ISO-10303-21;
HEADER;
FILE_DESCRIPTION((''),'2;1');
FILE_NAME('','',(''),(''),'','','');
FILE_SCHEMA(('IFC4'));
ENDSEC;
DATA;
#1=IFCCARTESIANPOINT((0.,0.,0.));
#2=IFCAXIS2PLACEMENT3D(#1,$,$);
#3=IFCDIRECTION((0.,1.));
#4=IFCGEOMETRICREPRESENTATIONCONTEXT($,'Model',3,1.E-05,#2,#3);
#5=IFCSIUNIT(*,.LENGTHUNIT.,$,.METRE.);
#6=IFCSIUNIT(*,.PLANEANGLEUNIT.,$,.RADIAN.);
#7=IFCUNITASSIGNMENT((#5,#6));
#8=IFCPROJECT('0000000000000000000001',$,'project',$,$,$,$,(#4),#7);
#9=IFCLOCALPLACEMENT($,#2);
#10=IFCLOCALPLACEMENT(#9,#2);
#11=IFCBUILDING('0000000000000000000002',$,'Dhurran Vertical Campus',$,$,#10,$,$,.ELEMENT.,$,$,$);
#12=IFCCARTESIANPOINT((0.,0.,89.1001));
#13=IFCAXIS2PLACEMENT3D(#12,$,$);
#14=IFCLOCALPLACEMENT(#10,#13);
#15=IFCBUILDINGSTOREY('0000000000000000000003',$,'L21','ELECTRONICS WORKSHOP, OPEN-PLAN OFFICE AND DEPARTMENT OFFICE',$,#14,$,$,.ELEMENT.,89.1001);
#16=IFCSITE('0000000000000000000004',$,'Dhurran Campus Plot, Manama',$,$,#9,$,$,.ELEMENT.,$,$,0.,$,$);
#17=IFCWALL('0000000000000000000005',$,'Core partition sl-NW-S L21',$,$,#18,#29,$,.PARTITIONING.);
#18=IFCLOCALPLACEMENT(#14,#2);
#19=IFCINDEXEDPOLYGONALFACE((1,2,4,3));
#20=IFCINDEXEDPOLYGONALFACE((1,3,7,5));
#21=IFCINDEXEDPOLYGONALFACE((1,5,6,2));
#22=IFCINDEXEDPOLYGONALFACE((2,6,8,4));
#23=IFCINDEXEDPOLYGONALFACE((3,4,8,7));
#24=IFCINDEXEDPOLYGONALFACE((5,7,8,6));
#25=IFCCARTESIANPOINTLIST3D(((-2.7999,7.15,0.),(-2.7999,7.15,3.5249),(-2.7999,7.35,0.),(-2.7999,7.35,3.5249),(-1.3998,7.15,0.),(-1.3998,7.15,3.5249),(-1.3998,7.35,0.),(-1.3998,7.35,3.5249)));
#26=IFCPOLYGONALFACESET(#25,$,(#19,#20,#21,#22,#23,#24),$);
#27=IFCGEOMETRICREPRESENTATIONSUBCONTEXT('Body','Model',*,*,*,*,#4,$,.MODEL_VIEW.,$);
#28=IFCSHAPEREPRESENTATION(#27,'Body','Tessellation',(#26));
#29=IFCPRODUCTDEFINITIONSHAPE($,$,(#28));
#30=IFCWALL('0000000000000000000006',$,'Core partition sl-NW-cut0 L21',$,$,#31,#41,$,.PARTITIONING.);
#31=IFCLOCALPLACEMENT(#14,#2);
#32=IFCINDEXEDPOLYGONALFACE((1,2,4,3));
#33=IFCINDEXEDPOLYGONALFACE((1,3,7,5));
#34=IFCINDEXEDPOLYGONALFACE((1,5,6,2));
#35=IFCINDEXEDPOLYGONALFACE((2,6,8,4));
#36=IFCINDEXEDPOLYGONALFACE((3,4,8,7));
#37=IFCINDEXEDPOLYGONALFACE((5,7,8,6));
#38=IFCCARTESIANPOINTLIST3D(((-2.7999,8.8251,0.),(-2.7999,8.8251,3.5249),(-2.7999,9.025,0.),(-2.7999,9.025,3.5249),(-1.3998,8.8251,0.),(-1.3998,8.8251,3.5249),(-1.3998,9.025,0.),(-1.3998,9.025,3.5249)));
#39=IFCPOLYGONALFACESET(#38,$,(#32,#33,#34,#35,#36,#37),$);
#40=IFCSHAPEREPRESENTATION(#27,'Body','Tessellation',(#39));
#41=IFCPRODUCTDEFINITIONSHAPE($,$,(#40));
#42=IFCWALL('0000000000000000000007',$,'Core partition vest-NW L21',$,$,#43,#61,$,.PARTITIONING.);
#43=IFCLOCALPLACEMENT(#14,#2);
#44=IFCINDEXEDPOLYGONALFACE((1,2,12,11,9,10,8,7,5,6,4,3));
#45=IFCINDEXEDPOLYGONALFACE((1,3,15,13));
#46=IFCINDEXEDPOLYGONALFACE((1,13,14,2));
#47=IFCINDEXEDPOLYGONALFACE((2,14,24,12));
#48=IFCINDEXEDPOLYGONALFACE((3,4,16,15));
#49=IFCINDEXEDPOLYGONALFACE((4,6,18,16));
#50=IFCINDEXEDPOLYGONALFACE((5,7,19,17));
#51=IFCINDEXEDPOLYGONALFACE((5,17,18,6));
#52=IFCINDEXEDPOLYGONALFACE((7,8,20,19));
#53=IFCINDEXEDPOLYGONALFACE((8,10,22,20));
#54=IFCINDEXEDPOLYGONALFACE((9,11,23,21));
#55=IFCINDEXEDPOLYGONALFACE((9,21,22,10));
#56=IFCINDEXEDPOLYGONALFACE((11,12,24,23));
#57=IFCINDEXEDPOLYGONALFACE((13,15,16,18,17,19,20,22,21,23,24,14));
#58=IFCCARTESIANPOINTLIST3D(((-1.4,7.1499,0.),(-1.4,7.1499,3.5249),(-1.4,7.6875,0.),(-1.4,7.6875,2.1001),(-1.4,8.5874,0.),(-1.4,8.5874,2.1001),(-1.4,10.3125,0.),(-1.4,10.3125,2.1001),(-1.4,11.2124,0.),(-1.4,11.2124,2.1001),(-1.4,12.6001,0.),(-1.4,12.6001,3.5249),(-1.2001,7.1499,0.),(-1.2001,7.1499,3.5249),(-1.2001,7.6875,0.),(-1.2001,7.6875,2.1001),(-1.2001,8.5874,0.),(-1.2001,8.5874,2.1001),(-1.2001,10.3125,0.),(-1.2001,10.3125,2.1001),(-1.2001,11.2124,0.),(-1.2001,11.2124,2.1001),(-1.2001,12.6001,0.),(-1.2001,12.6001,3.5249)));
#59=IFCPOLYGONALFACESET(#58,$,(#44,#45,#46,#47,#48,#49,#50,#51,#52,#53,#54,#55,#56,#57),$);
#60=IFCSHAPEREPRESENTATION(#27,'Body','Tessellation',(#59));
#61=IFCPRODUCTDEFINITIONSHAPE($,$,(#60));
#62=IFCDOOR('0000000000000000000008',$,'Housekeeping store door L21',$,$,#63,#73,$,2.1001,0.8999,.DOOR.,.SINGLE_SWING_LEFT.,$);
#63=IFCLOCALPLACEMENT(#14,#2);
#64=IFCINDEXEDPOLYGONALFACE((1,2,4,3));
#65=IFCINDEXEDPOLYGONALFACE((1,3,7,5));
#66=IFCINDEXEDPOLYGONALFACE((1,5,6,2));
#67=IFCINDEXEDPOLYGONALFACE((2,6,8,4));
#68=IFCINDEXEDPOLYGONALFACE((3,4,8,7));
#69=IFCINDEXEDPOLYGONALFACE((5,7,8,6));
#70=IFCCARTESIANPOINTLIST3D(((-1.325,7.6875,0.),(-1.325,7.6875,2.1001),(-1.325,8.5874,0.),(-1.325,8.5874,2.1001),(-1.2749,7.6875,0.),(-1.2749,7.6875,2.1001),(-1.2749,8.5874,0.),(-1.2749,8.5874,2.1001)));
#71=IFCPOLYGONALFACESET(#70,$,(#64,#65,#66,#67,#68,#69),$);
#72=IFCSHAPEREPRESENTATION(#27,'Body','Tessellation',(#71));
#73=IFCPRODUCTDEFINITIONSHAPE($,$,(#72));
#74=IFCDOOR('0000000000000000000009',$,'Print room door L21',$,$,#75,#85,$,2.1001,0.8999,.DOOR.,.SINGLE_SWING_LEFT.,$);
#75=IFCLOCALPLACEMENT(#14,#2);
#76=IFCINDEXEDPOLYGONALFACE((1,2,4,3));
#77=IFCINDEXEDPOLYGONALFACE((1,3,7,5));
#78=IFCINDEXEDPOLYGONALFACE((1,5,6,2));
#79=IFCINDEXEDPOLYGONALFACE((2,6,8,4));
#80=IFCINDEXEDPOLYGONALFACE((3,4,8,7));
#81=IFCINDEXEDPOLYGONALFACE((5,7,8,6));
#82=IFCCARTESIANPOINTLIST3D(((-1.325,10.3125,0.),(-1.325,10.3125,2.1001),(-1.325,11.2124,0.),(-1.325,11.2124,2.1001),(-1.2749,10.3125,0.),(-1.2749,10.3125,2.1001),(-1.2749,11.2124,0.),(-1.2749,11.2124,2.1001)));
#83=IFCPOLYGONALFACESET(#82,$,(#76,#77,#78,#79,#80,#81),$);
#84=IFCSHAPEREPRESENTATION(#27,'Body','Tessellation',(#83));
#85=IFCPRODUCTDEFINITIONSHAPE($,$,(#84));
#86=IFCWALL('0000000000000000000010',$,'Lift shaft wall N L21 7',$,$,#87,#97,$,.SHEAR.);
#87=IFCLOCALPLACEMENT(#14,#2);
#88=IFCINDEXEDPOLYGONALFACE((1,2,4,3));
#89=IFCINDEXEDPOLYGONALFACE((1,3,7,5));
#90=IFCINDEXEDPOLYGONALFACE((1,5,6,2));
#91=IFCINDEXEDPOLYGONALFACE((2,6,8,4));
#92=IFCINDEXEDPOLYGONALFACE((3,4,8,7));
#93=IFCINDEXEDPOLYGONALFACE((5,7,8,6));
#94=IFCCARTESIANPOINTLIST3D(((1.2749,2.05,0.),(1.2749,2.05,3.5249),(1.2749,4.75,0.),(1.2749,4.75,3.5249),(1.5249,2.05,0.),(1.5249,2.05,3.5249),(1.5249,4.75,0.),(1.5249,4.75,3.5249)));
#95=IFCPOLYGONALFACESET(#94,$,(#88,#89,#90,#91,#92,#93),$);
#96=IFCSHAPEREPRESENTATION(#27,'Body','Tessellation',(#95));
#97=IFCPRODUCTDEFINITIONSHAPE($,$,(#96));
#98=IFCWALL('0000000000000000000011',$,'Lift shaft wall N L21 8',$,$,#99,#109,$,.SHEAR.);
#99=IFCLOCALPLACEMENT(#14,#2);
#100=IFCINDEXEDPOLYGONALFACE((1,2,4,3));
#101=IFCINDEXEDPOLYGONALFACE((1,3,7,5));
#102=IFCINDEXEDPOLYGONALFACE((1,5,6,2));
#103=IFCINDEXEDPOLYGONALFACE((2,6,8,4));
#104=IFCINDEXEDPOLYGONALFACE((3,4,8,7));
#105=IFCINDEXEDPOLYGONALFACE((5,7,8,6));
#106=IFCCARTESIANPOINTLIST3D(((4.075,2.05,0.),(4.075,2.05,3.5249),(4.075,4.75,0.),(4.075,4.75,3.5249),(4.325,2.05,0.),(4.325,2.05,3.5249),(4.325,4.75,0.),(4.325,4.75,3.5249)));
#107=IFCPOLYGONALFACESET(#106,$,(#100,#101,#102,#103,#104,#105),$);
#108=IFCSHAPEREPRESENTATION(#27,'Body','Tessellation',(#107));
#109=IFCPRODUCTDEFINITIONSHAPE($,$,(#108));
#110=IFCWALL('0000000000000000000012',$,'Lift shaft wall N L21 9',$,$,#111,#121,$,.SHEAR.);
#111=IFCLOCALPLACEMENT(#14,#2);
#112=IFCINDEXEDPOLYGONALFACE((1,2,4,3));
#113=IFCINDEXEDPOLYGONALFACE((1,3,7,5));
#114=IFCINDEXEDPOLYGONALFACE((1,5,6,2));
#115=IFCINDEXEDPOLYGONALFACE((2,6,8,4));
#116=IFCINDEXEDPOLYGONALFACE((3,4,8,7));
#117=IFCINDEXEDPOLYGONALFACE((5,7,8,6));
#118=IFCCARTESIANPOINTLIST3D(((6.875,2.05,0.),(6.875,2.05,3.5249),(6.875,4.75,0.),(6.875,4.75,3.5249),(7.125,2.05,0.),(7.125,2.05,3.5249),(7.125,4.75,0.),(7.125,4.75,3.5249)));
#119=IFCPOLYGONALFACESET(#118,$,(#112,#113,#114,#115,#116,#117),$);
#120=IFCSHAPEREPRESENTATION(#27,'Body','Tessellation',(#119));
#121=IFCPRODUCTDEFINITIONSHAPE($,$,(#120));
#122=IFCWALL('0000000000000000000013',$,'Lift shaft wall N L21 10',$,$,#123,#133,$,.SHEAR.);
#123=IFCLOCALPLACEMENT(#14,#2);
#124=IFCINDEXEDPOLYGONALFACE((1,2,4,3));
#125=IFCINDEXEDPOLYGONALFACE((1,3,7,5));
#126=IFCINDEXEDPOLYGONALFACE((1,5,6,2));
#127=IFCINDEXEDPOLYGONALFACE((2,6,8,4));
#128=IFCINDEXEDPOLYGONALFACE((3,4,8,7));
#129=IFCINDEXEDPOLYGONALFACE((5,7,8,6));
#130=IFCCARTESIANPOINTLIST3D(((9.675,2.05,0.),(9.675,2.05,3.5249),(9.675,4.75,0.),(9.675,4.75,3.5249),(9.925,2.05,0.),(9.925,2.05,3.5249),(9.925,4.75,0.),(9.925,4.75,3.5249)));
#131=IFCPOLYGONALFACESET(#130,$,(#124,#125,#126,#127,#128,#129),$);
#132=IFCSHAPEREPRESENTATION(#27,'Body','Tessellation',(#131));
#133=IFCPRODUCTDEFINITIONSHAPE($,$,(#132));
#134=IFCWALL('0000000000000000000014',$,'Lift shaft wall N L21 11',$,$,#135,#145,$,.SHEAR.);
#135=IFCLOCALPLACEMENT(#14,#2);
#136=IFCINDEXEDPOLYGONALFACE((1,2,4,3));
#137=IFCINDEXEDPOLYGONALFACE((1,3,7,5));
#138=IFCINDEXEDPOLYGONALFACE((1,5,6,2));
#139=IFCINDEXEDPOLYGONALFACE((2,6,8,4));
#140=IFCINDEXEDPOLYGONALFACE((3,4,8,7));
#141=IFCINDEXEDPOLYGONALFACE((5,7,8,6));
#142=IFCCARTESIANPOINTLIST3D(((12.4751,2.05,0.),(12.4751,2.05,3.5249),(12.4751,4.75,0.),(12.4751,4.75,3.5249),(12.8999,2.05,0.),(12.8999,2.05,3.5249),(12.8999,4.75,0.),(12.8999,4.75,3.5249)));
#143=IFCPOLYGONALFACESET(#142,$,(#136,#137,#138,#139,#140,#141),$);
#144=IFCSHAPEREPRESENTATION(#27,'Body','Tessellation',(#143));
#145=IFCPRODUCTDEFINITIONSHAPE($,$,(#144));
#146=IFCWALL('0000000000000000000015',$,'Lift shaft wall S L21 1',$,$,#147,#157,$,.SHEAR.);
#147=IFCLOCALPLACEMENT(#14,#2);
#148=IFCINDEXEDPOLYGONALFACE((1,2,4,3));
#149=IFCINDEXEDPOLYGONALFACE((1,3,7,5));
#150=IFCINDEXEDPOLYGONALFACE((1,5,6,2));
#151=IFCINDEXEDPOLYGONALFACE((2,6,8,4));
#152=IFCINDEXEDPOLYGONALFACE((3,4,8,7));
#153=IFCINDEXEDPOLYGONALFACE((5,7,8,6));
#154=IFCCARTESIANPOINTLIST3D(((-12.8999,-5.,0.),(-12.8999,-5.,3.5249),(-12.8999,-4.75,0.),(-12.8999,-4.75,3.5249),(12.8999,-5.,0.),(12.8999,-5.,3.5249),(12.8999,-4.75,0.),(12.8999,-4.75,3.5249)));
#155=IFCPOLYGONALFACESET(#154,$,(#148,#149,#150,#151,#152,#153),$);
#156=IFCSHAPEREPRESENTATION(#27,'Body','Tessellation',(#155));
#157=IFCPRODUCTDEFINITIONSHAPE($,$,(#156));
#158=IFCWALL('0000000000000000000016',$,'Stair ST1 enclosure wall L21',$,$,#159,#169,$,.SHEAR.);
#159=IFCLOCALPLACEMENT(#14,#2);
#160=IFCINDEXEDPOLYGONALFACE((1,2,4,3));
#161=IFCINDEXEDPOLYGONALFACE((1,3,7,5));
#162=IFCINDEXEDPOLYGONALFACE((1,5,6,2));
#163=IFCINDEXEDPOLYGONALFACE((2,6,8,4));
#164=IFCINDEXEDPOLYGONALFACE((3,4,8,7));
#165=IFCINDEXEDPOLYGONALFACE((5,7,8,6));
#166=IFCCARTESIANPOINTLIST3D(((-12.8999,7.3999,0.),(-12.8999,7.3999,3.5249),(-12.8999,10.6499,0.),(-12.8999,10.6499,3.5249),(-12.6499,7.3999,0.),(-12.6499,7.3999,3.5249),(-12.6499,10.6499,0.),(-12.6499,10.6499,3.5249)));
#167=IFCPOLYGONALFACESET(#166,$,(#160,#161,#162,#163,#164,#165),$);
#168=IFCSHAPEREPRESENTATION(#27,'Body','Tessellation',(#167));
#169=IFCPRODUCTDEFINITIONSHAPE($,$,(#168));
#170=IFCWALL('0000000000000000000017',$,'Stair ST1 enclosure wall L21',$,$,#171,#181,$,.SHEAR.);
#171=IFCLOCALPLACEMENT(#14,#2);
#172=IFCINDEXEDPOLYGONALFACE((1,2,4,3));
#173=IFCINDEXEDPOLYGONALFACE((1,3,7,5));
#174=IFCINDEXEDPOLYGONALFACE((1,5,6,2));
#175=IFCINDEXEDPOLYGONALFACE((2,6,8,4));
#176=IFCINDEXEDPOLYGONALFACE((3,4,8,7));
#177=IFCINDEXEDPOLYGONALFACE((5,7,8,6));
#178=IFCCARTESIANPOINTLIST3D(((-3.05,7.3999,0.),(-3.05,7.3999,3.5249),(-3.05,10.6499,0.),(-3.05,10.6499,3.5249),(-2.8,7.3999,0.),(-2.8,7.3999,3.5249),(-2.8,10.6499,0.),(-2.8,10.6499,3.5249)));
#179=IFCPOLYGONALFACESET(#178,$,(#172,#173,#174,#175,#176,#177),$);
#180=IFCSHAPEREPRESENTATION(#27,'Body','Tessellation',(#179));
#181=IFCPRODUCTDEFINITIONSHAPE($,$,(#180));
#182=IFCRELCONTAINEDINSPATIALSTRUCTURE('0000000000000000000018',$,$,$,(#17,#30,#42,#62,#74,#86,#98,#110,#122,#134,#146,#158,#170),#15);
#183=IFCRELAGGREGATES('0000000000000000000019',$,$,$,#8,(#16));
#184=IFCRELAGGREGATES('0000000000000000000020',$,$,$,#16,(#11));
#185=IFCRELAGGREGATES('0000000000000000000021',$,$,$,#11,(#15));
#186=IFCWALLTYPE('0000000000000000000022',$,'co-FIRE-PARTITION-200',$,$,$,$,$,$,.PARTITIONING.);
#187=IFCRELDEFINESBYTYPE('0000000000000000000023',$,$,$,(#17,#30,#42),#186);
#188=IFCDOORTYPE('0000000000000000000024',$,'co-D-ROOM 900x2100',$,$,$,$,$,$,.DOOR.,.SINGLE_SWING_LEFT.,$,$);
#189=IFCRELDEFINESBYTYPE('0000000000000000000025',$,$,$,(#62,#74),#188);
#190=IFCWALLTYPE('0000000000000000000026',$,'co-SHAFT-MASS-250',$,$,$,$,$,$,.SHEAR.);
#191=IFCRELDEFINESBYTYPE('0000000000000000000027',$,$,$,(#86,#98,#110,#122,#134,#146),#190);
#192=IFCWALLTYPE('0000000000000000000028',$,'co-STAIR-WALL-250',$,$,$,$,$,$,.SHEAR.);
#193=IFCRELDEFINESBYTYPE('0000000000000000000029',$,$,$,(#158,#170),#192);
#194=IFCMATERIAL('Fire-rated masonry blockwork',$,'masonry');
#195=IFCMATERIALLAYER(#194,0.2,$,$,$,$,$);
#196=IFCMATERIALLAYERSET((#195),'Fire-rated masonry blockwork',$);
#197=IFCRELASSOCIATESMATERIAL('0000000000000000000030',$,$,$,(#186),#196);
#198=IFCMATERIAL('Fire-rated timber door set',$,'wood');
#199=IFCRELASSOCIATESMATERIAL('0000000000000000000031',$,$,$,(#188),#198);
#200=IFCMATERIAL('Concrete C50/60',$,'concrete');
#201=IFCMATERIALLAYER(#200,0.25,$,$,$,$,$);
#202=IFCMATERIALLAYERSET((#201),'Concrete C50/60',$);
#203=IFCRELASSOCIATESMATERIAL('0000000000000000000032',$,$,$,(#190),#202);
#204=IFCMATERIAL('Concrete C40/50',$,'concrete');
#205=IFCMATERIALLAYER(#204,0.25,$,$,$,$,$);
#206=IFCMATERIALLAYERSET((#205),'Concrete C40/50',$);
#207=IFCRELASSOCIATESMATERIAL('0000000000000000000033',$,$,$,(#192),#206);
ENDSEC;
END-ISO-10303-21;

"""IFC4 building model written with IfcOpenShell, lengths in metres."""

from ifc_helpers import new_model, si_unit, direction, frame, frame_2d, origin, place, context, subcontext, project, spatial, polyline, rectangle, outline, extrude, material, layer, layer_set, type_object, element, fill, save


model = new_model("IFC4")

# Units and contexts
model_context = context("Model", 3, precision=1e-05, world=origin(), true_north=direction((0.0, 1.0)))
body_context = subcontext(model_context, "Body", "Model", "MODEL_VIEW")
ifc_project = project(units=[si_unit("LENGTHUNIT", "METRE"), si_unit("PLANEANGLEUNIT", "RADIAN")], contexts=[model_context])

# Site, building, storey
site_placement = place(None, origin())
site = spatial("IfcSite", under=ifc_project, at=site_placement, Name="Dhurran Campus Plot, Manama", CompositionType="ELEMENT", RefElevation=0.0)
building_placement = place(site_placement, origin())
building = spatial("IfcBuilding", under=site, at=building_placement, Name="Dhurran Vertical Campus", CompositionType="ELEMENT")
storey_placement = place(building_placement, frame((0.0, 0.0, 89.1001)))
storey = spatial("IfcBuildingStorey", under=building, at=storey_placement, Name="L21", Description="ELECTRONICS WORKSHOP, OPEN-PLAN OFFICE AND DEPARTMENT OFFICE", CompositionType="ELEMENT", Elevation=89.1001)

# Walls
ifc_material_1 = material(Name="Fire-rated masonry blockwork", Category="masonry")
ifc_layer_1 = layer(ifc_material_1, 0.2)
ifc_layer_set_1 = layer_set([ifc_layer_1], Name="Fire-rated masonry blockwork")
wall_type_1 = type_object("IfcWallType", Name="co-FIRE-PARTITION-200", PredefinedType="PARTITIONING", material=ifc_layer_set_1)
for number, where, z_axis, x_axis, name in (
    (1, (-2.8, 7.25, 0.0), (0.0, 0.0, 1.0), (1.0, 0.0, 0.0), "Core partition sl-NW-S L21"),
    (2, (-2.8, 8.925, 0.0), (0.0, 0.0, 1.0), (1.0, 0.0, 0.0), "Core partition sl-NW-cut0 L21"),
):
    element("IfcWall", number, at=place(storey_placement, frame(where, z_axis=z_axis, x_axis=x_axis)), inside=storey, type_object=wall_type_1, Name=name, PredefinedType="PARTITIONING", context=body_context, shape_type="SweptSolid", body=[
        extrude(rectangle(XDim=1.4001, YDim=0.2, at=frame_2d((0.7002, 0.0))), origin(), (0.0, 0.0, 1.0), 3.5249),
    ])

# Wall, openings, doors
wall_1_placement = place(storey_placement, frame((-1.3, 7.1499, 0.0), z_axis=(0.0, 0.0, 1.0), x_axis=(0.0, 1.0, 0.0)))
wall_1 = element("IfcWall", 3, at=wall_1_placement, inside=storey, type_object=wall_type_1, Name="Core partition vest-NW L21", PredefinedType="PARTITIONING", context=body_context, shape_type="SweptSolid", body=[
    extrude(rectangle(XDim=5.4502, YDim=0.2, at=frame_2d((2.7251, 0.0))), origin(), (0.0, 0.0, 1.0), 3.5249),
])
opening_1_placement = place(wall_1_placement, frame((0.5376, 0.0, 0.0)))
opening_1 = element("IfcOpeningElement", 4, at=opening_1_placement, cuts=wall_1, PredefinedType="OPENING", context=body_context, shape_type="SweptSolid", body=[
    extrude(rectangle(XDim=0.8999, YDim=2.1001, at=frame_2d((0.45, 1.05))), frame((0.0, 0.1099, 0.0), z_axis=(0.0, -1.0, 0.0), x_axis=(1.0, 0.0, 0.0)), (0.0, 0.0, 1.0), 0.22),
])
opening_2_placement = place(wall_1_placement, frame((3.1626, 0.0, 0.0)))
opening_2 = element("IfcOpeningElement", 5, at=opening_2_placement, cuts=wall_1, PredefinedType="OPENING", context=body_context, shape_type="SweptSolid", body=[
    extrude(rectangle(XDim=0.8999, YDim=2.1001, at=frame_2d((0.45, 1.05))), frame((0.0, 0.1099, 0.0), z_axis=(0.0, -1.0, 0.0), x_axis=(1.0, 0.0, 0.0)), (0.0, 0.0, 1.0), 0.22),
])
ifc_material_2 = material(Name="Fire-rated timber door set", Category="wood")
door_type = type_object("IfcDoorType", Name="co-D-ROOM 900x2100", OperationType="SINGLE_SWING_LEFT", PredefinedType="DOOR", material=ifc_material_2)
door_1_placement = place(opening_1_placement, origin())
door_1 = element("IfcDoor", 6, at=door_1_placement, inside=storey, type_object=door_type, Name="Housekeeping store door L21", OperationType="SINGLE_SWING_LEFT", OverallHeight=2.1001, OverallWidth=0.8999, PredefinedType="DOOR", context=body_context, shape_type="SweptSolid", body=[
    extrude(rectangle(XDim=0.8999, YDim=2.1001, at=frame_2d((0.45, 1.05))), frame((0.0, 0.0249, 0.0), z_axis=(0.0, -1.0, 0.0), x_axis=(1.0, 0.0, 0.0)), (0.0, 0.0, 1.0), 0.05),
])
fill(opening_1, door_1)
door_2_placement = place(opening_2_placement, origin())
door_2 = element("IfcDoor", 7, at=door_2_placement, inside=storey, type_object=door_type, Name="Print room door L21", OperationType="SINGLE_SWING_LEFT", OverallHeight=2.1001, OverallWidth=0.8999, PredefinedType="DOOR", context=body_context, shape_type="SweptSolid", body=[
    extrude(rectangle(XDim=0.8999, YDim=2.1001, at=frame_2d((0.45, 1.05))), frame((0.0, 0.0249, 0.0), z_axis=(0.0, -1.0, 0.0), x_axis=(1.0, 0.0, 0.0)), (0.0, 0.0, 1.0), 0.05),
])
fill(opening_2, door_2)

# Walls
ifc_material_3 = material(Name="Concrete C50/60", Category="concrete")
ifc_layer_2 = layer(ifc_material_3, 0.25)
ifc_layer_set_2 = layer_set([ifc_layer_2], Name="Concrete C50/60")
wall_type_2 = type_object("IfcWallType", Name="co-SHAFT-MASS-250", PredefinedType="SHEAR", material=ifc_layer_set_2)
wall_2_placement = place(storey_placement, origin())
element("IfcWall", 8, at=wall_2_placement, inside=storey, type_object=wall_type_2, Name="Lift shaft wall N L21 7", PredefinedType="SHEAR", context=body_context, shape_type="SweptSolid", body=[
    extrude(outline(polyline([(1.2749, 2.05), (1.5249, 2.05), (1.5249, 4.75), (1.2749, 4.75), (1.2749, 2.05)])), origin(), (0.0, 0.0, 1.0), 3.5249),
])
wall_3_placement = place(storey_placement, origin())
element("IfcWall", 9, at=wall_3_placement, inside=storey, type_object=wall_type_2, Name="Lift shaft wall N L21 8", PredefinedType="SHEAR", context=body_context, shape_type="SweptSolid", body=[
    extrude(outline(polyline([(4.075, 2.05), (4.325, 2.05), (4.325, 4.75), (4.075, 4.75), (4.075, 2.05)])), origin(), (0.0, 0.0, 1.0), 3.5249),
])
wall_4_placement = place(storey_placement, origin())
element("IfcWall", 10, at=wall_4_placement, inside=storey, type_object=wall_type_2, Name="Lift shaft wall N L21 9", PredefinedType="SHEAR", context=body_context, shape_type="SweptSolid", body=[
    extrude(outline(polyline([(6.875, 2.05), (7.125, 2.05), (7.125, 4.75), (6.875, 4.75), (6.875, 2.05)])), origin(), (0.0, 0.0, 1.0), 3.5249),
])
wall_5_placement = place(storey_placement, origin())
element("IfcWall", 11, at=wall_5_placement, inside=storey, type_object=wall_type_2, Name="Lift shaft wall N L21 10", PredefinedType="SHEAR", context=body_context, shape_type="SweptSolid", body=[
    extrude(outline(polyline([(9.675, 2.05), (9.925, 2.05), (9.925, 4.75), (9.675, 4.75), (9.675, 2.05)])), origin(), (0.0, 0.0, 1.0), 3.5249),
])
wall_6_placement = place(storey_placement, origin())
element("IfcWall", 12, at=wall_6_placement, inside=storey, type_object=wall_type_2, Name="Lift shaft wall N L21 11", PredefinedType="SHEAR", context=body_context, shape_type="SweptSolid", body=[
    extrude(outline(polyline([(12.4751, 2.05), (12.8999, 2.05), (12.8999, 4.75), (12.4751, 4.75), (12.4751, 2.05)])), origin(), (0.0, 0.0, 1.0), 3.5249),
])
wall_7_placement = place(storey_placement, origin())
element("IfcWall", 13, at=wall_7_placement, inside=storey, type_object=wall_type_2, Name="Lift shaft wall S L21 1", PredefinedType="SHEAR", context=body_context, shape_type="SweptSolid", body=[
    extrude(outline(polyline([(-12.8999, -5.0), (12.8999, -5.0), (12.8999, -4.75), (-12.8999, -4.75), (-12.8999, -5.0)])), origin(), (0.0, 0.0, 1.0), 3.5249),
])
ifc_material_4 = material(Name="Concrete C40/50", Category="concrete")
ifc_layer_3 = layer(ifc_material_4, 0.25)
ifc_layer_set_3 = layer_set([ifc_layer_3], Name="Concrete C40/50")
wall_type_3 = type_object("IfcWallType", Name="co-STAIR-WALL-250", PredefinedType="SHEAR", material=ifc_layer_set_3)
for number, where, z_axis, x_axis, name in (
    (14, (-12.7749, 7.3999, 0.0), (0.0, 0.0, 1.0), (0.0, 1.0, 0.0), "Stair ST1 enclosure wall L21"),
    (15, (-2.925, 7.3999, 0.0), (0.0, 0.0, 1.0), (0.0, 1.0, 0.0), "Stair ST1 enclosure wall L21"),
):
    element("IfcWall", number, at=place(storey_placement, frame(where, z_axis=z_axis, x_axis=x_axis)), inside=storey, type_object=wall_type_3, Name=name, PredefinedType="SHEAR", context=body_context, shape_type="SweptSolid", body=[
        extrude(rectangle(XDim=3.25, YDim=0.25, at=frame_2d((1.625, 0.0))), origin(), (0.0, 0.0, 1.0), 3.5249),
    ])

save(model, "model.ifc")
